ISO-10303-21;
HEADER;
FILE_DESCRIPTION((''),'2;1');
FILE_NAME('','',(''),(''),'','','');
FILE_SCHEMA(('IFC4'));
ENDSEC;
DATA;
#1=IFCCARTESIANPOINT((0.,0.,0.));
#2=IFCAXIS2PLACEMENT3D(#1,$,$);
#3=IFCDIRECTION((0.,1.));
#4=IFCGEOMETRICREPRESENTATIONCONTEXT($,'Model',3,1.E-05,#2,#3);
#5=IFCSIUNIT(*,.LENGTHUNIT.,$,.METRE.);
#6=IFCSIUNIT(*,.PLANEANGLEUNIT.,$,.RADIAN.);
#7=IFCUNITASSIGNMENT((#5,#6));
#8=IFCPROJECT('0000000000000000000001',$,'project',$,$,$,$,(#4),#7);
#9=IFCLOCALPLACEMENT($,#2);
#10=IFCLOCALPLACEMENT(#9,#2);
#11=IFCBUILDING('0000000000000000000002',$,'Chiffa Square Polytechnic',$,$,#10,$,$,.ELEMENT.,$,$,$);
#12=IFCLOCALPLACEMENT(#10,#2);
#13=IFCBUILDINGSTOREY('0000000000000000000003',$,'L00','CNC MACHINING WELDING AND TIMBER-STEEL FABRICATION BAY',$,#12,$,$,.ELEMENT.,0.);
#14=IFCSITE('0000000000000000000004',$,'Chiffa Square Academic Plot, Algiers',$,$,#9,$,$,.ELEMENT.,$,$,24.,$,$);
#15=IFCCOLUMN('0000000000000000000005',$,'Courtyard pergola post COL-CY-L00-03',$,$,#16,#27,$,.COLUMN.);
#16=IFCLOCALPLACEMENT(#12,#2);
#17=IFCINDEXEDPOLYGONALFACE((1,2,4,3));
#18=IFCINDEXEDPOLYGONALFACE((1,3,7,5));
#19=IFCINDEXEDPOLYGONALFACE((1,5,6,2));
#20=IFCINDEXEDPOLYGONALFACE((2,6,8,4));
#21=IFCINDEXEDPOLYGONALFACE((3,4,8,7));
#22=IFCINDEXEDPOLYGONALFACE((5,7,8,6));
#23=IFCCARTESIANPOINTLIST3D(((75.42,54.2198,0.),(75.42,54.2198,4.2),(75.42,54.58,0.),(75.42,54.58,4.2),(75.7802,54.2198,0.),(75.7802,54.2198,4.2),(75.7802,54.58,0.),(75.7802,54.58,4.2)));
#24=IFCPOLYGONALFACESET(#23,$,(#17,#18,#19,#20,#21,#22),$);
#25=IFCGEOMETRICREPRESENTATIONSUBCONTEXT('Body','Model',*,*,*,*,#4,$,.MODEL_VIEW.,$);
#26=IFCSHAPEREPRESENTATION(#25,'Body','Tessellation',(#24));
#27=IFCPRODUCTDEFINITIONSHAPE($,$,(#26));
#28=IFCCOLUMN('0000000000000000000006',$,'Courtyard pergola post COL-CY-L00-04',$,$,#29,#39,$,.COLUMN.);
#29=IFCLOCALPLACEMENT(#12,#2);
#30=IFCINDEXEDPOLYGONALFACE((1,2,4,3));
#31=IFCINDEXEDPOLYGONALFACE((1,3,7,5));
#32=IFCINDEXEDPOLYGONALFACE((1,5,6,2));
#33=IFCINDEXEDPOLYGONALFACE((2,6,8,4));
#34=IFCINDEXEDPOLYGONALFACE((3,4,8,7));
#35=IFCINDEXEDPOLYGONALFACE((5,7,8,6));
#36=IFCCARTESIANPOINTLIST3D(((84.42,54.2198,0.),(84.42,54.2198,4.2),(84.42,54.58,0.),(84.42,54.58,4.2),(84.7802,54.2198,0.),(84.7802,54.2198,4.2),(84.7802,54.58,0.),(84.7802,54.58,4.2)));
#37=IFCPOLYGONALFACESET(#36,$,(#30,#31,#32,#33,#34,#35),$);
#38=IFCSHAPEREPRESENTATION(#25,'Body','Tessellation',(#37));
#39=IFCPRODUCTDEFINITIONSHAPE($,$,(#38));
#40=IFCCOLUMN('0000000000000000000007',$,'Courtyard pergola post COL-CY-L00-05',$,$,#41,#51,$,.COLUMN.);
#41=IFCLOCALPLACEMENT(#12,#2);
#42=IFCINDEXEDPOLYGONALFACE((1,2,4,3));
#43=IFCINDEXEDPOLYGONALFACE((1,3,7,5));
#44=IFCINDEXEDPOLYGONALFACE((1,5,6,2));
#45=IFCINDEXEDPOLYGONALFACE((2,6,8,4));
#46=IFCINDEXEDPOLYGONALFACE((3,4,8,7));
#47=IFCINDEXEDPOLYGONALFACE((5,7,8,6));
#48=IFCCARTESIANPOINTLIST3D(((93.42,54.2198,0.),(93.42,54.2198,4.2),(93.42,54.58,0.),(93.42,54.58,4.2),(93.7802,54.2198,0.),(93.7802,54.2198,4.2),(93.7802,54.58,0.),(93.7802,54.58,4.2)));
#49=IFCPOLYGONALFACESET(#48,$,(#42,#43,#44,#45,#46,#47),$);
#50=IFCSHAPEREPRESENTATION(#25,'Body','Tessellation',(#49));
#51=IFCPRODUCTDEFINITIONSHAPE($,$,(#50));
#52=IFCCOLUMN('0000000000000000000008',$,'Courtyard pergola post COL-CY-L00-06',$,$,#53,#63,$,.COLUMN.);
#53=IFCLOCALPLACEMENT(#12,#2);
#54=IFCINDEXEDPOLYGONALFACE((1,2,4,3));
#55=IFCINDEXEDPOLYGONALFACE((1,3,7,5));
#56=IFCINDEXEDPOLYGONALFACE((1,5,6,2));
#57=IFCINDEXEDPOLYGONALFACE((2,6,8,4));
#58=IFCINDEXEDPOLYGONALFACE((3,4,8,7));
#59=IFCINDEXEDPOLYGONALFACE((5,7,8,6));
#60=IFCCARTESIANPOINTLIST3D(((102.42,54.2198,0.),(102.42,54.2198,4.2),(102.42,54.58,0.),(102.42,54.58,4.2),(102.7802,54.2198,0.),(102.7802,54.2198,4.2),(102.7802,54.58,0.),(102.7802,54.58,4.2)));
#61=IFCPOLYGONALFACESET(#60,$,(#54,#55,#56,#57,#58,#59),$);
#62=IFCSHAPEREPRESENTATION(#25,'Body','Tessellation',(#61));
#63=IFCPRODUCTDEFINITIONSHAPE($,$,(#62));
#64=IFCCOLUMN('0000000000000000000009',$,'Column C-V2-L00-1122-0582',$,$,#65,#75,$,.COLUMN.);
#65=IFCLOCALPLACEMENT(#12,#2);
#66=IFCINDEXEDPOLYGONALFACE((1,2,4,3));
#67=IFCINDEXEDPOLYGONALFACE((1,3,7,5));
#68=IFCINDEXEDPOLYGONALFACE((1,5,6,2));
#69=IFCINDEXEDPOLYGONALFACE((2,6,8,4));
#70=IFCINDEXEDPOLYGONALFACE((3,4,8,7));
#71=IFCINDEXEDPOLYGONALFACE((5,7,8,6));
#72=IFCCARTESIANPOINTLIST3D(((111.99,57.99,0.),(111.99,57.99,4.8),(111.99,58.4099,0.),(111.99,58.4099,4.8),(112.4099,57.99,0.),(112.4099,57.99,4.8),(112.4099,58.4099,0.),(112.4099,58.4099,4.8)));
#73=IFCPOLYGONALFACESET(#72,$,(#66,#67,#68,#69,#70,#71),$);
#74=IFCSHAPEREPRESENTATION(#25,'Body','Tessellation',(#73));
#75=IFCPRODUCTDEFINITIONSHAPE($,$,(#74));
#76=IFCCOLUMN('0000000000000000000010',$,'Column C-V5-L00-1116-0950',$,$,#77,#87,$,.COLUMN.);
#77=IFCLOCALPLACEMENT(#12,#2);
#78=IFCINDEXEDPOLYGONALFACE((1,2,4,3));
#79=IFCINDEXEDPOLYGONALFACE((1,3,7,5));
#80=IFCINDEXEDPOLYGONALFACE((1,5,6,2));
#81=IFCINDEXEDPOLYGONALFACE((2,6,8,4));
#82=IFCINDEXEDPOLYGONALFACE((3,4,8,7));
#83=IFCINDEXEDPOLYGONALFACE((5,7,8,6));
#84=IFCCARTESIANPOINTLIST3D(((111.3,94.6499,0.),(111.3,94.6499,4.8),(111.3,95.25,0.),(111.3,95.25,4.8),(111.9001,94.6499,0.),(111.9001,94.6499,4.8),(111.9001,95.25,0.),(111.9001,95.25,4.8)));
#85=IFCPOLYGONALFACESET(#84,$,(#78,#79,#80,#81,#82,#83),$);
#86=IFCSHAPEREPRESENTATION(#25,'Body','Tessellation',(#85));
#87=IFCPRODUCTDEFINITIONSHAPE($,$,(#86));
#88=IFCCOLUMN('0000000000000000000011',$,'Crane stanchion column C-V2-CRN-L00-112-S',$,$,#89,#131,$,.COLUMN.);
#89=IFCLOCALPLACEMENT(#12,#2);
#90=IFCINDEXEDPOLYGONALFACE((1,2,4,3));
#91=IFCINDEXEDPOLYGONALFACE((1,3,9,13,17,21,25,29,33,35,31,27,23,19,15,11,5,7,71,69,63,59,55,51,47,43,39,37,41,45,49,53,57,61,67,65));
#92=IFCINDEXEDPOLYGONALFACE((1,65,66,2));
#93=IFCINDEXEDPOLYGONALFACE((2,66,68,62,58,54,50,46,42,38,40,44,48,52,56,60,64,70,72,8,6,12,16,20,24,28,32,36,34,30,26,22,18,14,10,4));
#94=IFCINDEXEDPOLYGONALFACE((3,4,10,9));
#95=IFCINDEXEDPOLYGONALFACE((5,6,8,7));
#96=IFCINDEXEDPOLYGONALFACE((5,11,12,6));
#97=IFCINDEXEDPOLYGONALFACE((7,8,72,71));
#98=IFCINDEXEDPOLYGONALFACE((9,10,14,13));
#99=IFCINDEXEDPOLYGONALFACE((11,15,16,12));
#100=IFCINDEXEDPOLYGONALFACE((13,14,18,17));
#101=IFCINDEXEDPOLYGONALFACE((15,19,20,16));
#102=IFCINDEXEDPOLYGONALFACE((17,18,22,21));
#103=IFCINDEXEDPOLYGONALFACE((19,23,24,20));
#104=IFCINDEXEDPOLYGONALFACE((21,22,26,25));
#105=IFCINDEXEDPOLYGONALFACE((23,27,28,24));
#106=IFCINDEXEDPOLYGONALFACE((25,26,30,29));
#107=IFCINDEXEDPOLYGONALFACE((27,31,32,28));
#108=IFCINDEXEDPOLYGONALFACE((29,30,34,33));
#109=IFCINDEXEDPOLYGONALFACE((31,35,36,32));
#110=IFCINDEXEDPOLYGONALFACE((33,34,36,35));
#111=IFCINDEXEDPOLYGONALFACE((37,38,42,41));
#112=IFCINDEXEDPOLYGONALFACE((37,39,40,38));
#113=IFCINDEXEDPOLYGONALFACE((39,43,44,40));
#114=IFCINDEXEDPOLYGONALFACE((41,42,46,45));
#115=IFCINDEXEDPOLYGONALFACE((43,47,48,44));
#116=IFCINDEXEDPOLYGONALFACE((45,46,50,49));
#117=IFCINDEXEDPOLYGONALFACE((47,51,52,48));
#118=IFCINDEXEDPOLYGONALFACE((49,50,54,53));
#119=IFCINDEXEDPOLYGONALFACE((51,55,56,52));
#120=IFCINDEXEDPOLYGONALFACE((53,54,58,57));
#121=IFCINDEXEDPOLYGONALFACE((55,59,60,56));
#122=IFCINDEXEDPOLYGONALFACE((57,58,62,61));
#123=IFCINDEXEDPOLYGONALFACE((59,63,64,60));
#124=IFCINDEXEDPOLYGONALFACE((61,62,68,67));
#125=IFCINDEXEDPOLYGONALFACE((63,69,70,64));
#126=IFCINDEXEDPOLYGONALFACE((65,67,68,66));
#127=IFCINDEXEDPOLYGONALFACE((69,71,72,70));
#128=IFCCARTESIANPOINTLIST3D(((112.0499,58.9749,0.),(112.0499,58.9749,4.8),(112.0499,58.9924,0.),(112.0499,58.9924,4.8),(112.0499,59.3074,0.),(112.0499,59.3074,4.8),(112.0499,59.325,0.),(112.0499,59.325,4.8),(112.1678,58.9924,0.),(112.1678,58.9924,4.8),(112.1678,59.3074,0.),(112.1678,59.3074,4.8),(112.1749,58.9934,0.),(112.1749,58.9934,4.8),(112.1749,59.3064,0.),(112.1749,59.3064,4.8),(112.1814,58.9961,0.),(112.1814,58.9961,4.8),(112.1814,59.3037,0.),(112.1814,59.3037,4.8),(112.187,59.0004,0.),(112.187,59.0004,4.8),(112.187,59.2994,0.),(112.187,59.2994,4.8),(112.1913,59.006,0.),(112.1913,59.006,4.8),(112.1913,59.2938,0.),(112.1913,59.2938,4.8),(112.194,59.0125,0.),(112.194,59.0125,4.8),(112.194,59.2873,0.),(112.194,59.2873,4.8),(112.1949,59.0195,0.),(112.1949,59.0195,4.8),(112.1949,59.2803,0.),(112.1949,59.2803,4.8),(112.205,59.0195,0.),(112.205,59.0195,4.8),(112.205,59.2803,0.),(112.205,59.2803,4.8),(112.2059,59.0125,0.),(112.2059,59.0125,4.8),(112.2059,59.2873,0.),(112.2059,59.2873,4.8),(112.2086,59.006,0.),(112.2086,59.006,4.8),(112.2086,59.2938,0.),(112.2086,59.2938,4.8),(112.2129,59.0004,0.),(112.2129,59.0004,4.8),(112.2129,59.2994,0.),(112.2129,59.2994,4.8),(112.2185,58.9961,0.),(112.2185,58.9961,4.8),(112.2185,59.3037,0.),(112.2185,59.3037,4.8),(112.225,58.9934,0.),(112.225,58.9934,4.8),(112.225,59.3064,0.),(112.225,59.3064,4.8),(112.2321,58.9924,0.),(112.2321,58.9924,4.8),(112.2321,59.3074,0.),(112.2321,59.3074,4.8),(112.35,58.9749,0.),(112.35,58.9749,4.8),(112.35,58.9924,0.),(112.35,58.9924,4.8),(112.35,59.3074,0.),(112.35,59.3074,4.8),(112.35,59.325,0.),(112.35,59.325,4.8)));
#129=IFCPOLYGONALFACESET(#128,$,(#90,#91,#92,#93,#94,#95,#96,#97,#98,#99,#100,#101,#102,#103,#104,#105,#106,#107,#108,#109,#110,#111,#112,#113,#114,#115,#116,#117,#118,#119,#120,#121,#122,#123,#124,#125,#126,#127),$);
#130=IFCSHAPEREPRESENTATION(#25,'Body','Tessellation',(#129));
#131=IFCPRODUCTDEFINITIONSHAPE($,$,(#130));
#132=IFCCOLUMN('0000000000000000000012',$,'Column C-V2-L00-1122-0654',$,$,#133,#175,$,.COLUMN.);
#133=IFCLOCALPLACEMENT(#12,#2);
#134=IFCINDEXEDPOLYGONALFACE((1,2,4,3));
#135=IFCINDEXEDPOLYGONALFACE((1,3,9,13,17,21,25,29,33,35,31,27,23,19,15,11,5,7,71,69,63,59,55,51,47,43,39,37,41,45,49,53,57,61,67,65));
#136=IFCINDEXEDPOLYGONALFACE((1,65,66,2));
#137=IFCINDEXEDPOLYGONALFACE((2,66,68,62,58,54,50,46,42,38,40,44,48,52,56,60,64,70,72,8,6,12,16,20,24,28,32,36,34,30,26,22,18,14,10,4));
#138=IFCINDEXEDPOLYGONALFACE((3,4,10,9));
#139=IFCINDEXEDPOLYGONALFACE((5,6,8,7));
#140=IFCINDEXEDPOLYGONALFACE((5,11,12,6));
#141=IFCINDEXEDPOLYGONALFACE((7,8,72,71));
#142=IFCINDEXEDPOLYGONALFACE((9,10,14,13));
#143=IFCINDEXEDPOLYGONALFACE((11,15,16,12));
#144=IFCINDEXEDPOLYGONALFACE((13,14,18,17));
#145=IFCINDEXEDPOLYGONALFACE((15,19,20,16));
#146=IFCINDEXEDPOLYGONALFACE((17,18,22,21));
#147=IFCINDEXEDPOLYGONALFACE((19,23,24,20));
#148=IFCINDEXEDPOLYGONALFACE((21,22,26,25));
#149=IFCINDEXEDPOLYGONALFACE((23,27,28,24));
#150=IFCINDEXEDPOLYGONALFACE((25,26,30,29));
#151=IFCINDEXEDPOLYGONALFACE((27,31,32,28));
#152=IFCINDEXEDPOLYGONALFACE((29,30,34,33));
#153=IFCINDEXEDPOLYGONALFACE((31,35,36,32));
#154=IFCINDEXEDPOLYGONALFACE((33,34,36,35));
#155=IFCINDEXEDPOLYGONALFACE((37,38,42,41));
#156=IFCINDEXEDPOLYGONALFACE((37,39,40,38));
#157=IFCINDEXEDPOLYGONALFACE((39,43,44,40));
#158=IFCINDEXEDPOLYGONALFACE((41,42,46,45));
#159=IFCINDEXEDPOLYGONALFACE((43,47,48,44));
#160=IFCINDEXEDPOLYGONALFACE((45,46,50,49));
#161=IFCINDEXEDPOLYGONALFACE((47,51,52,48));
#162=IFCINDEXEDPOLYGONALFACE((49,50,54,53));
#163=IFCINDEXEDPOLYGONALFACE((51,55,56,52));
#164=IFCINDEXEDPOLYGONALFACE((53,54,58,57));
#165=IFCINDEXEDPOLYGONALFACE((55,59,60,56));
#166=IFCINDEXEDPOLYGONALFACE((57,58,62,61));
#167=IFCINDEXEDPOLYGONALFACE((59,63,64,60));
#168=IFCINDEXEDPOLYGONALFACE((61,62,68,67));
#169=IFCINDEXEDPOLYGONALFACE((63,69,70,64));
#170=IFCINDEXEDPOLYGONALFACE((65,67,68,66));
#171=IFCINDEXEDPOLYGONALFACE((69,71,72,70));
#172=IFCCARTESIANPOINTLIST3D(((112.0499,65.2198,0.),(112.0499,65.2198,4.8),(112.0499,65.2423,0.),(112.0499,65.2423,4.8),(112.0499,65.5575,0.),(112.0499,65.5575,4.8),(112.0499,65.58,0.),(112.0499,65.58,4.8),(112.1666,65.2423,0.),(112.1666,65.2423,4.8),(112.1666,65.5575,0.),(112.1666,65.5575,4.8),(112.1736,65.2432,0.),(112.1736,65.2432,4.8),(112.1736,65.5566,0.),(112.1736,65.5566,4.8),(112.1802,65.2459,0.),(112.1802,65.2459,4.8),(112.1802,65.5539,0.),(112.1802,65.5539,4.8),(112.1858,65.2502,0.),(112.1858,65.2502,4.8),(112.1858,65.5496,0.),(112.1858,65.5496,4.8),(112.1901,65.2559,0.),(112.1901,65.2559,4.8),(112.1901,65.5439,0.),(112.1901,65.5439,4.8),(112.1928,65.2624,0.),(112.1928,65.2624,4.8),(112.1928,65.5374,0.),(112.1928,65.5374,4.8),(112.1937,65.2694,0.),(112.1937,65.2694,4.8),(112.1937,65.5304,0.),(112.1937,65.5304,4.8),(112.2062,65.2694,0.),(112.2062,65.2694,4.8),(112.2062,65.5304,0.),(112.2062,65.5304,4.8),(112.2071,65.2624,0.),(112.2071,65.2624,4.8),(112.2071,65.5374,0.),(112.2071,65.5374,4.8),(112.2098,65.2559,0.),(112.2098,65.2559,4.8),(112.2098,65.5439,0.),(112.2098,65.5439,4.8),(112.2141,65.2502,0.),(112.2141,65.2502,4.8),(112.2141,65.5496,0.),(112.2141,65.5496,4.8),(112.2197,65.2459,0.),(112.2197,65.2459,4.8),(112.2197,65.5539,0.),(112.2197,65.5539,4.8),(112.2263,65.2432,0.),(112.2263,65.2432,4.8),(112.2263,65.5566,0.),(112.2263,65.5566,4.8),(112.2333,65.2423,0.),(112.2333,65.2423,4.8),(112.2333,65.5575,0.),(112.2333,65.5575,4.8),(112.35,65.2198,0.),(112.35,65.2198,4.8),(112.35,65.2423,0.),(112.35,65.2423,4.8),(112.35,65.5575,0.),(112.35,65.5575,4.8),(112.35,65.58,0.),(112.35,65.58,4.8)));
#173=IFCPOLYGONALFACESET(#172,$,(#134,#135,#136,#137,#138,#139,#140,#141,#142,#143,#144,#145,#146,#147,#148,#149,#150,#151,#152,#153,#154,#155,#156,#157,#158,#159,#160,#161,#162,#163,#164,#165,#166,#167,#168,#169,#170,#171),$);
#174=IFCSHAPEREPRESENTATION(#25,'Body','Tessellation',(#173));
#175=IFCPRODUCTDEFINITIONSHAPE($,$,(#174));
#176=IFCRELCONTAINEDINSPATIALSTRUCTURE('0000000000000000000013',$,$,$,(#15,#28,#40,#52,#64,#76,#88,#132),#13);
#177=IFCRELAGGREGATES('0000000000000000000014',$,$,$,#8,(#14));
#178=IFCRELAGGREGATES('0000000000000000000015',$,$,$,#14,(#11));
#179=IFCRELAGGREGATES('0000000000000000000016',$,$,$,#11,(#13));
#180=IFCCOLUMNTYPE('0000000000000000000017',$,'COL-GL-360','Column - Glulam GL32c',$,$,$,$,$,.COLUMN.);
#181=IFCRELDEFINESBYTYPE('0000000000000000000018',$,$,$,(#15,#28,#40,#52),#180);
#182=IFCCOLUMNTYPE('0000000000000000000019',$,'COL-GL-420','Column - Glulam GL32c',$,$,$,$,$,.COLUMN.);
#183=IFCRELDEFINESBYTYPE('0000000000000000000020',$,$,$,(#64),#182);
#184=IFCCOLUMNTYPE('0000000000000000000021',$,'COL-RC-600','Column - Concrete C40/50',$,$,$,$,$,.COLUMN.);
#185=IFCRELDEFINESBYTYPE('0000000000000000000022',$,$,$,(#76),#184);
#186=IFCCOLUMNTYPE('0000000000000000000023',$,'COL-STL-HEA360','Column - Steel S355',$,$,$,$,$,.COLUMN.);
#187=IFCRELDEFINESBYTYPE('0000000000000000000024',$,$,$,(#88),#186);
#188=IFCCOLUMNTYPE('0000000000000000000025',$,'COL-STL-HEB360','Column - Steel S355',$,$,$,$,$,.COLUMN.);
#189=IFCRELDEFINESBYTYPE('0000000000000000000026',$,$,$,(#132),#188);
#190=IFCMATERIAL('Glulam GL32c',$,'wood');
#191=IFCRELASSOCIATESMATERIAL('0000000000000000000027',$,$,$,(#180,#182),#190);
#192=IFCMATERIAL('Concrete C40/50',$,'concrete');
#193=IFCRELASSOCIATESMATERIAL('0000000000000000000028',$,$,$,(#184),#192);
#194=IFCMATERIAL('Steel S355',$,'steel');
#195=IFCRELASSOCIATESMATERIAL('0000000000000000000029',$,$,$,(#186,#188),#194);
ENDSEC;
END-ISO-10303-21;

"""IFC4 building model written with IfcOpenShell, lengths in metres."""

from ifc_helpers import new_model, si_unit, direction, frame, origin, origin_2d, place, context, subcontext, project, spatial, rectangle, i_section, extrude, material, material_profile, profile_set, type_object, element, save


model = new_model("IFC4")

# Units and contexts
model_context = context("Model", 3, precision=1e-05, world=origin(), true_north=direction((0.0, 1.0)))
body_context = subcontext(model_context, "Body", "Model", "MODEL_VIEW")
ifc_project = project(units=[si_unit("LENGTHUNIT", "METRE"), si_unit("PLANEANGLEUNIT", "RADIAN")], contexts=[model_context])

# Site, building, storey
site_placement = place(None, origin())
site = spatial("IfcSite", under=ifc_project, at=site_placement, Name="Chiffa Square Academic Plot, Algiers", CompositionType="ELEMENT", RefElevation=24.0)
building_placement = place(site_placement, origin())
building = spatial("IfcBuilding", under=site, at=building_placement, Name="Chiffa Square Polytechnic", CompositionType="ELEMENT")
storey_placement = place(building_placement, origin())
storey = spatial("IfcBuildingStorey", under=building, at=storey_placement, Name="L00", Description="CNC MACHINING WELDING AND TIMBER-STEEL FABRICATION BAY", CompositionType="ELEMENT", Elevation=0.0)

# Columns
ifc_material_1 = material(Name="Glulam GL32c", Category="wood")
ifc_material_profile_1 = material_profile(ifc_material_1, rectangle(XDim=0.3601, YDim=0.3601, at=origin_2d()), Name="GL32c 360x360")
ifc_profile_set_1 = profile_set([ifc_material_profile_1], Name="Glulam GL32c")
column_type_1 = type_object("IfcColumnType", Name="COL-GL-360", Description="Column - Glulam GL32c", PredefinedType="COLUMN", material=ifc_profile_set_1)
for number, where, z_axis, x_axis, name in (
    (1, (75.6001, 54.3999, 0.0), (0.0, 0.0, 1.0), (1.0, 0.0, 0.0), "Courtyard pergola post COL-CY-L00-03"),
    (2, (84.6001, 54.3999, 0.0), (0.0, 0.0, 1.0), (1.0, 0.0, 0.0), "Courtyard pergola post COL-CY-L00-04"),
    (3, (93.6001, 54.3999, 0.0), (0.0, 0.0, 1.0), (1.0, 0.0, 0.0), "Courtyard pergola post COL-CY-L00-05"),
    (4, (102.6001, 54.3999, 0.0), (0.0, 0.0, 1.0), (1.0, 0.0, 0.0), "Courtyard pergola post COL-CY-L00-06"),
):
    element("IfcColumn", number, at=place(storey_placement, frame(where, z_axis=z_axis, x_axis=x_axis)), inside=storey, type_object=column_type_1, Name=name, PredefinedType="COLUMN", context=body_context, shape_type="SweptSolid", body=[
        extrude(rectangle(XDim=0.3601, YDim=0.3601, at=origin_2d()), origin(), (0.0, 0.0, 1.0), 4.2),
    ])
ifc_material_profile_2 = material_profile(ifc_material_1, rectangle(XDim=0.4199, YDim=0.4199, at=origin_2d()), Name="GL32c 420x420")
ifc_profile_set_2 = profile_set([ifc_material_profile_2], Name="Glulam GL32c")
column_type_2 = type_object("IfcColumnType", Name="COL-GL-420", Description="Column - Glulam GL32c", PredefinedType="COLUMN", material=ifc_profile_set_2)
column_1_placement = place(storey_placement, frame((112.2, 58.2, 0.0), z_axis=(0.0, 0.0, 1.0), x_axis=(1.0, 0.0, 0.0)))
element("IfcColumn", 5, at=column_1_placement, inside=storey, type_object=column_type_2, Name="Column C-V2-L00-1122-0582", PredefinedType="COLUMN", context=body_context, shape_type="SweptSolid", body=[
    extrude(rectangle(XDim=0.4199, YDim=0.4199, at=origin_2d()), origin(), (0.0, 0.0, 1.0), 4.8),
])
ifc_material_2 = material(Name="Concrete C40/50", Category="concrete")
ifc_material_profile_3 = material_profile(ifc_material_2, rectangle(XDim=0.6001, YDim=0.6001, at=origin_2d()), Name="RC 600x600")
ifc_profile_set_3 = profile_set([ifc_material_profile_3], Name="Concrete C40/50")
column_type_3 = type_object("IfcColumnType", Name="COL-RC-600", Description="Column - Concrete C40/50", PredefinedType="COLUMN", material=ifc_profile_set_3)
column_2_placement = place(storey_placement, frame((111.6001, 94.95, 0.0), z_axis=(0.0, 0.0, 1.0), x_axis=(1.0, 0.0, 0.0)))
element("IfcColumn", 6, at=column_2_placement, inside=storey, type_object=column_type_3, Name="Column C-V5-L00-1116-0950", PredefinedType="COLUMN", context=body_context, shape_type="SweptSolid", body=[
    extrude(rectangle(XDim=0.6001, YDim=0.6001, at=origin_2d()), origin(), (0.0, 0.0, 1.0), 4.8),
])
ifc_material_3 = material(Name="Steel S355", Category="steel")
ifc_material_profile_4 = material_profile(ifc_material_3, i_section(OverallWidth=0.3, OverallDepth=0.3501, WebThickness=0.01, FlangeThickness=0.0176, FilletRadius=0.0271, at=origin_2d()), Name="HEA 360")
ifc_profile_set_4 = profile_set([ifc_material_profile_4], Name="Steel S355")
column_type_4 = type_object("IfcColumnType", Name="COL-STL-HEA360", Description="Column - Steel S355", PredefinedType="COLUMN", material=ifc_profile_set_4)
column_3_placement = place(storey_placement, frame((112.2, 59.1499, 0.0), z_axis=(0.0, 0.0, 1.0), x_axis=(1.0, 0.0, 0.0)))
element("IfcColumn", 7, at=column_3_placement, inside=storey, type_object=column_type_4, Name="Crane stanchion column C-V2-CRN-L00-112-S", PredefinedType="COLUMN", context=body_context, shape_type="SweptSolid", body=[
    extrude(i_section(OverallWidth=0.3, OverallDepth=0.3501, WebThickness=0.01, FlangeThickness=0.0176, FilletRadius=0.0271, at=origin_2d()), origin(), (0.0, 0.0, 1.0), 4.8),
])
ifc_material_profile_5 = material_profile(ifc_material_3, i_section(OverallWidth=0.3, OverallDepth=0.3601, WebThickness=0.0125, FlangeThickness=0.0225, FilletRadius=0.0271, at=origin_2d()), Name="HEB 360")
ifc_profile_set_5 = profile_set([ifc_material_profile_5], Name="Steel S355")
column_type_5 = type_object("IfcColumnType", Name="COL-STL-HEB360", Description="Column - Steel S355", PredefinedType="COLUMN", material=ifc_profile_set_5)
for number, where, z_axis, x_axis, name in (
    (8, (112.2, 65.3999, 0.0), (0.0, 0.0, 1.0), (1.0, 0.0, 0.0), "Column C-V2-L00-1122-0654"),
):
    element("IfcColumn", number, at=place(storey_placement, frame(where, z_axis=z_axis, x_axis=x_axis)), inside=storey, type_object=column_type_5, Name=name, PredefinedType="COLUMN", context=body_context, shape_type="SweptSolid", body=[
        extrude(i_section(OverallWidth=0.3, OverallDepth=0.3601, WebThickness=0.0125, FlangeThickness=0.0225, FilletRadius=0.0271, at=origin_2d()), origin(), (0.0, 0.0, 1.0), 4.8),
    ])

save(model, "model.ifc")
